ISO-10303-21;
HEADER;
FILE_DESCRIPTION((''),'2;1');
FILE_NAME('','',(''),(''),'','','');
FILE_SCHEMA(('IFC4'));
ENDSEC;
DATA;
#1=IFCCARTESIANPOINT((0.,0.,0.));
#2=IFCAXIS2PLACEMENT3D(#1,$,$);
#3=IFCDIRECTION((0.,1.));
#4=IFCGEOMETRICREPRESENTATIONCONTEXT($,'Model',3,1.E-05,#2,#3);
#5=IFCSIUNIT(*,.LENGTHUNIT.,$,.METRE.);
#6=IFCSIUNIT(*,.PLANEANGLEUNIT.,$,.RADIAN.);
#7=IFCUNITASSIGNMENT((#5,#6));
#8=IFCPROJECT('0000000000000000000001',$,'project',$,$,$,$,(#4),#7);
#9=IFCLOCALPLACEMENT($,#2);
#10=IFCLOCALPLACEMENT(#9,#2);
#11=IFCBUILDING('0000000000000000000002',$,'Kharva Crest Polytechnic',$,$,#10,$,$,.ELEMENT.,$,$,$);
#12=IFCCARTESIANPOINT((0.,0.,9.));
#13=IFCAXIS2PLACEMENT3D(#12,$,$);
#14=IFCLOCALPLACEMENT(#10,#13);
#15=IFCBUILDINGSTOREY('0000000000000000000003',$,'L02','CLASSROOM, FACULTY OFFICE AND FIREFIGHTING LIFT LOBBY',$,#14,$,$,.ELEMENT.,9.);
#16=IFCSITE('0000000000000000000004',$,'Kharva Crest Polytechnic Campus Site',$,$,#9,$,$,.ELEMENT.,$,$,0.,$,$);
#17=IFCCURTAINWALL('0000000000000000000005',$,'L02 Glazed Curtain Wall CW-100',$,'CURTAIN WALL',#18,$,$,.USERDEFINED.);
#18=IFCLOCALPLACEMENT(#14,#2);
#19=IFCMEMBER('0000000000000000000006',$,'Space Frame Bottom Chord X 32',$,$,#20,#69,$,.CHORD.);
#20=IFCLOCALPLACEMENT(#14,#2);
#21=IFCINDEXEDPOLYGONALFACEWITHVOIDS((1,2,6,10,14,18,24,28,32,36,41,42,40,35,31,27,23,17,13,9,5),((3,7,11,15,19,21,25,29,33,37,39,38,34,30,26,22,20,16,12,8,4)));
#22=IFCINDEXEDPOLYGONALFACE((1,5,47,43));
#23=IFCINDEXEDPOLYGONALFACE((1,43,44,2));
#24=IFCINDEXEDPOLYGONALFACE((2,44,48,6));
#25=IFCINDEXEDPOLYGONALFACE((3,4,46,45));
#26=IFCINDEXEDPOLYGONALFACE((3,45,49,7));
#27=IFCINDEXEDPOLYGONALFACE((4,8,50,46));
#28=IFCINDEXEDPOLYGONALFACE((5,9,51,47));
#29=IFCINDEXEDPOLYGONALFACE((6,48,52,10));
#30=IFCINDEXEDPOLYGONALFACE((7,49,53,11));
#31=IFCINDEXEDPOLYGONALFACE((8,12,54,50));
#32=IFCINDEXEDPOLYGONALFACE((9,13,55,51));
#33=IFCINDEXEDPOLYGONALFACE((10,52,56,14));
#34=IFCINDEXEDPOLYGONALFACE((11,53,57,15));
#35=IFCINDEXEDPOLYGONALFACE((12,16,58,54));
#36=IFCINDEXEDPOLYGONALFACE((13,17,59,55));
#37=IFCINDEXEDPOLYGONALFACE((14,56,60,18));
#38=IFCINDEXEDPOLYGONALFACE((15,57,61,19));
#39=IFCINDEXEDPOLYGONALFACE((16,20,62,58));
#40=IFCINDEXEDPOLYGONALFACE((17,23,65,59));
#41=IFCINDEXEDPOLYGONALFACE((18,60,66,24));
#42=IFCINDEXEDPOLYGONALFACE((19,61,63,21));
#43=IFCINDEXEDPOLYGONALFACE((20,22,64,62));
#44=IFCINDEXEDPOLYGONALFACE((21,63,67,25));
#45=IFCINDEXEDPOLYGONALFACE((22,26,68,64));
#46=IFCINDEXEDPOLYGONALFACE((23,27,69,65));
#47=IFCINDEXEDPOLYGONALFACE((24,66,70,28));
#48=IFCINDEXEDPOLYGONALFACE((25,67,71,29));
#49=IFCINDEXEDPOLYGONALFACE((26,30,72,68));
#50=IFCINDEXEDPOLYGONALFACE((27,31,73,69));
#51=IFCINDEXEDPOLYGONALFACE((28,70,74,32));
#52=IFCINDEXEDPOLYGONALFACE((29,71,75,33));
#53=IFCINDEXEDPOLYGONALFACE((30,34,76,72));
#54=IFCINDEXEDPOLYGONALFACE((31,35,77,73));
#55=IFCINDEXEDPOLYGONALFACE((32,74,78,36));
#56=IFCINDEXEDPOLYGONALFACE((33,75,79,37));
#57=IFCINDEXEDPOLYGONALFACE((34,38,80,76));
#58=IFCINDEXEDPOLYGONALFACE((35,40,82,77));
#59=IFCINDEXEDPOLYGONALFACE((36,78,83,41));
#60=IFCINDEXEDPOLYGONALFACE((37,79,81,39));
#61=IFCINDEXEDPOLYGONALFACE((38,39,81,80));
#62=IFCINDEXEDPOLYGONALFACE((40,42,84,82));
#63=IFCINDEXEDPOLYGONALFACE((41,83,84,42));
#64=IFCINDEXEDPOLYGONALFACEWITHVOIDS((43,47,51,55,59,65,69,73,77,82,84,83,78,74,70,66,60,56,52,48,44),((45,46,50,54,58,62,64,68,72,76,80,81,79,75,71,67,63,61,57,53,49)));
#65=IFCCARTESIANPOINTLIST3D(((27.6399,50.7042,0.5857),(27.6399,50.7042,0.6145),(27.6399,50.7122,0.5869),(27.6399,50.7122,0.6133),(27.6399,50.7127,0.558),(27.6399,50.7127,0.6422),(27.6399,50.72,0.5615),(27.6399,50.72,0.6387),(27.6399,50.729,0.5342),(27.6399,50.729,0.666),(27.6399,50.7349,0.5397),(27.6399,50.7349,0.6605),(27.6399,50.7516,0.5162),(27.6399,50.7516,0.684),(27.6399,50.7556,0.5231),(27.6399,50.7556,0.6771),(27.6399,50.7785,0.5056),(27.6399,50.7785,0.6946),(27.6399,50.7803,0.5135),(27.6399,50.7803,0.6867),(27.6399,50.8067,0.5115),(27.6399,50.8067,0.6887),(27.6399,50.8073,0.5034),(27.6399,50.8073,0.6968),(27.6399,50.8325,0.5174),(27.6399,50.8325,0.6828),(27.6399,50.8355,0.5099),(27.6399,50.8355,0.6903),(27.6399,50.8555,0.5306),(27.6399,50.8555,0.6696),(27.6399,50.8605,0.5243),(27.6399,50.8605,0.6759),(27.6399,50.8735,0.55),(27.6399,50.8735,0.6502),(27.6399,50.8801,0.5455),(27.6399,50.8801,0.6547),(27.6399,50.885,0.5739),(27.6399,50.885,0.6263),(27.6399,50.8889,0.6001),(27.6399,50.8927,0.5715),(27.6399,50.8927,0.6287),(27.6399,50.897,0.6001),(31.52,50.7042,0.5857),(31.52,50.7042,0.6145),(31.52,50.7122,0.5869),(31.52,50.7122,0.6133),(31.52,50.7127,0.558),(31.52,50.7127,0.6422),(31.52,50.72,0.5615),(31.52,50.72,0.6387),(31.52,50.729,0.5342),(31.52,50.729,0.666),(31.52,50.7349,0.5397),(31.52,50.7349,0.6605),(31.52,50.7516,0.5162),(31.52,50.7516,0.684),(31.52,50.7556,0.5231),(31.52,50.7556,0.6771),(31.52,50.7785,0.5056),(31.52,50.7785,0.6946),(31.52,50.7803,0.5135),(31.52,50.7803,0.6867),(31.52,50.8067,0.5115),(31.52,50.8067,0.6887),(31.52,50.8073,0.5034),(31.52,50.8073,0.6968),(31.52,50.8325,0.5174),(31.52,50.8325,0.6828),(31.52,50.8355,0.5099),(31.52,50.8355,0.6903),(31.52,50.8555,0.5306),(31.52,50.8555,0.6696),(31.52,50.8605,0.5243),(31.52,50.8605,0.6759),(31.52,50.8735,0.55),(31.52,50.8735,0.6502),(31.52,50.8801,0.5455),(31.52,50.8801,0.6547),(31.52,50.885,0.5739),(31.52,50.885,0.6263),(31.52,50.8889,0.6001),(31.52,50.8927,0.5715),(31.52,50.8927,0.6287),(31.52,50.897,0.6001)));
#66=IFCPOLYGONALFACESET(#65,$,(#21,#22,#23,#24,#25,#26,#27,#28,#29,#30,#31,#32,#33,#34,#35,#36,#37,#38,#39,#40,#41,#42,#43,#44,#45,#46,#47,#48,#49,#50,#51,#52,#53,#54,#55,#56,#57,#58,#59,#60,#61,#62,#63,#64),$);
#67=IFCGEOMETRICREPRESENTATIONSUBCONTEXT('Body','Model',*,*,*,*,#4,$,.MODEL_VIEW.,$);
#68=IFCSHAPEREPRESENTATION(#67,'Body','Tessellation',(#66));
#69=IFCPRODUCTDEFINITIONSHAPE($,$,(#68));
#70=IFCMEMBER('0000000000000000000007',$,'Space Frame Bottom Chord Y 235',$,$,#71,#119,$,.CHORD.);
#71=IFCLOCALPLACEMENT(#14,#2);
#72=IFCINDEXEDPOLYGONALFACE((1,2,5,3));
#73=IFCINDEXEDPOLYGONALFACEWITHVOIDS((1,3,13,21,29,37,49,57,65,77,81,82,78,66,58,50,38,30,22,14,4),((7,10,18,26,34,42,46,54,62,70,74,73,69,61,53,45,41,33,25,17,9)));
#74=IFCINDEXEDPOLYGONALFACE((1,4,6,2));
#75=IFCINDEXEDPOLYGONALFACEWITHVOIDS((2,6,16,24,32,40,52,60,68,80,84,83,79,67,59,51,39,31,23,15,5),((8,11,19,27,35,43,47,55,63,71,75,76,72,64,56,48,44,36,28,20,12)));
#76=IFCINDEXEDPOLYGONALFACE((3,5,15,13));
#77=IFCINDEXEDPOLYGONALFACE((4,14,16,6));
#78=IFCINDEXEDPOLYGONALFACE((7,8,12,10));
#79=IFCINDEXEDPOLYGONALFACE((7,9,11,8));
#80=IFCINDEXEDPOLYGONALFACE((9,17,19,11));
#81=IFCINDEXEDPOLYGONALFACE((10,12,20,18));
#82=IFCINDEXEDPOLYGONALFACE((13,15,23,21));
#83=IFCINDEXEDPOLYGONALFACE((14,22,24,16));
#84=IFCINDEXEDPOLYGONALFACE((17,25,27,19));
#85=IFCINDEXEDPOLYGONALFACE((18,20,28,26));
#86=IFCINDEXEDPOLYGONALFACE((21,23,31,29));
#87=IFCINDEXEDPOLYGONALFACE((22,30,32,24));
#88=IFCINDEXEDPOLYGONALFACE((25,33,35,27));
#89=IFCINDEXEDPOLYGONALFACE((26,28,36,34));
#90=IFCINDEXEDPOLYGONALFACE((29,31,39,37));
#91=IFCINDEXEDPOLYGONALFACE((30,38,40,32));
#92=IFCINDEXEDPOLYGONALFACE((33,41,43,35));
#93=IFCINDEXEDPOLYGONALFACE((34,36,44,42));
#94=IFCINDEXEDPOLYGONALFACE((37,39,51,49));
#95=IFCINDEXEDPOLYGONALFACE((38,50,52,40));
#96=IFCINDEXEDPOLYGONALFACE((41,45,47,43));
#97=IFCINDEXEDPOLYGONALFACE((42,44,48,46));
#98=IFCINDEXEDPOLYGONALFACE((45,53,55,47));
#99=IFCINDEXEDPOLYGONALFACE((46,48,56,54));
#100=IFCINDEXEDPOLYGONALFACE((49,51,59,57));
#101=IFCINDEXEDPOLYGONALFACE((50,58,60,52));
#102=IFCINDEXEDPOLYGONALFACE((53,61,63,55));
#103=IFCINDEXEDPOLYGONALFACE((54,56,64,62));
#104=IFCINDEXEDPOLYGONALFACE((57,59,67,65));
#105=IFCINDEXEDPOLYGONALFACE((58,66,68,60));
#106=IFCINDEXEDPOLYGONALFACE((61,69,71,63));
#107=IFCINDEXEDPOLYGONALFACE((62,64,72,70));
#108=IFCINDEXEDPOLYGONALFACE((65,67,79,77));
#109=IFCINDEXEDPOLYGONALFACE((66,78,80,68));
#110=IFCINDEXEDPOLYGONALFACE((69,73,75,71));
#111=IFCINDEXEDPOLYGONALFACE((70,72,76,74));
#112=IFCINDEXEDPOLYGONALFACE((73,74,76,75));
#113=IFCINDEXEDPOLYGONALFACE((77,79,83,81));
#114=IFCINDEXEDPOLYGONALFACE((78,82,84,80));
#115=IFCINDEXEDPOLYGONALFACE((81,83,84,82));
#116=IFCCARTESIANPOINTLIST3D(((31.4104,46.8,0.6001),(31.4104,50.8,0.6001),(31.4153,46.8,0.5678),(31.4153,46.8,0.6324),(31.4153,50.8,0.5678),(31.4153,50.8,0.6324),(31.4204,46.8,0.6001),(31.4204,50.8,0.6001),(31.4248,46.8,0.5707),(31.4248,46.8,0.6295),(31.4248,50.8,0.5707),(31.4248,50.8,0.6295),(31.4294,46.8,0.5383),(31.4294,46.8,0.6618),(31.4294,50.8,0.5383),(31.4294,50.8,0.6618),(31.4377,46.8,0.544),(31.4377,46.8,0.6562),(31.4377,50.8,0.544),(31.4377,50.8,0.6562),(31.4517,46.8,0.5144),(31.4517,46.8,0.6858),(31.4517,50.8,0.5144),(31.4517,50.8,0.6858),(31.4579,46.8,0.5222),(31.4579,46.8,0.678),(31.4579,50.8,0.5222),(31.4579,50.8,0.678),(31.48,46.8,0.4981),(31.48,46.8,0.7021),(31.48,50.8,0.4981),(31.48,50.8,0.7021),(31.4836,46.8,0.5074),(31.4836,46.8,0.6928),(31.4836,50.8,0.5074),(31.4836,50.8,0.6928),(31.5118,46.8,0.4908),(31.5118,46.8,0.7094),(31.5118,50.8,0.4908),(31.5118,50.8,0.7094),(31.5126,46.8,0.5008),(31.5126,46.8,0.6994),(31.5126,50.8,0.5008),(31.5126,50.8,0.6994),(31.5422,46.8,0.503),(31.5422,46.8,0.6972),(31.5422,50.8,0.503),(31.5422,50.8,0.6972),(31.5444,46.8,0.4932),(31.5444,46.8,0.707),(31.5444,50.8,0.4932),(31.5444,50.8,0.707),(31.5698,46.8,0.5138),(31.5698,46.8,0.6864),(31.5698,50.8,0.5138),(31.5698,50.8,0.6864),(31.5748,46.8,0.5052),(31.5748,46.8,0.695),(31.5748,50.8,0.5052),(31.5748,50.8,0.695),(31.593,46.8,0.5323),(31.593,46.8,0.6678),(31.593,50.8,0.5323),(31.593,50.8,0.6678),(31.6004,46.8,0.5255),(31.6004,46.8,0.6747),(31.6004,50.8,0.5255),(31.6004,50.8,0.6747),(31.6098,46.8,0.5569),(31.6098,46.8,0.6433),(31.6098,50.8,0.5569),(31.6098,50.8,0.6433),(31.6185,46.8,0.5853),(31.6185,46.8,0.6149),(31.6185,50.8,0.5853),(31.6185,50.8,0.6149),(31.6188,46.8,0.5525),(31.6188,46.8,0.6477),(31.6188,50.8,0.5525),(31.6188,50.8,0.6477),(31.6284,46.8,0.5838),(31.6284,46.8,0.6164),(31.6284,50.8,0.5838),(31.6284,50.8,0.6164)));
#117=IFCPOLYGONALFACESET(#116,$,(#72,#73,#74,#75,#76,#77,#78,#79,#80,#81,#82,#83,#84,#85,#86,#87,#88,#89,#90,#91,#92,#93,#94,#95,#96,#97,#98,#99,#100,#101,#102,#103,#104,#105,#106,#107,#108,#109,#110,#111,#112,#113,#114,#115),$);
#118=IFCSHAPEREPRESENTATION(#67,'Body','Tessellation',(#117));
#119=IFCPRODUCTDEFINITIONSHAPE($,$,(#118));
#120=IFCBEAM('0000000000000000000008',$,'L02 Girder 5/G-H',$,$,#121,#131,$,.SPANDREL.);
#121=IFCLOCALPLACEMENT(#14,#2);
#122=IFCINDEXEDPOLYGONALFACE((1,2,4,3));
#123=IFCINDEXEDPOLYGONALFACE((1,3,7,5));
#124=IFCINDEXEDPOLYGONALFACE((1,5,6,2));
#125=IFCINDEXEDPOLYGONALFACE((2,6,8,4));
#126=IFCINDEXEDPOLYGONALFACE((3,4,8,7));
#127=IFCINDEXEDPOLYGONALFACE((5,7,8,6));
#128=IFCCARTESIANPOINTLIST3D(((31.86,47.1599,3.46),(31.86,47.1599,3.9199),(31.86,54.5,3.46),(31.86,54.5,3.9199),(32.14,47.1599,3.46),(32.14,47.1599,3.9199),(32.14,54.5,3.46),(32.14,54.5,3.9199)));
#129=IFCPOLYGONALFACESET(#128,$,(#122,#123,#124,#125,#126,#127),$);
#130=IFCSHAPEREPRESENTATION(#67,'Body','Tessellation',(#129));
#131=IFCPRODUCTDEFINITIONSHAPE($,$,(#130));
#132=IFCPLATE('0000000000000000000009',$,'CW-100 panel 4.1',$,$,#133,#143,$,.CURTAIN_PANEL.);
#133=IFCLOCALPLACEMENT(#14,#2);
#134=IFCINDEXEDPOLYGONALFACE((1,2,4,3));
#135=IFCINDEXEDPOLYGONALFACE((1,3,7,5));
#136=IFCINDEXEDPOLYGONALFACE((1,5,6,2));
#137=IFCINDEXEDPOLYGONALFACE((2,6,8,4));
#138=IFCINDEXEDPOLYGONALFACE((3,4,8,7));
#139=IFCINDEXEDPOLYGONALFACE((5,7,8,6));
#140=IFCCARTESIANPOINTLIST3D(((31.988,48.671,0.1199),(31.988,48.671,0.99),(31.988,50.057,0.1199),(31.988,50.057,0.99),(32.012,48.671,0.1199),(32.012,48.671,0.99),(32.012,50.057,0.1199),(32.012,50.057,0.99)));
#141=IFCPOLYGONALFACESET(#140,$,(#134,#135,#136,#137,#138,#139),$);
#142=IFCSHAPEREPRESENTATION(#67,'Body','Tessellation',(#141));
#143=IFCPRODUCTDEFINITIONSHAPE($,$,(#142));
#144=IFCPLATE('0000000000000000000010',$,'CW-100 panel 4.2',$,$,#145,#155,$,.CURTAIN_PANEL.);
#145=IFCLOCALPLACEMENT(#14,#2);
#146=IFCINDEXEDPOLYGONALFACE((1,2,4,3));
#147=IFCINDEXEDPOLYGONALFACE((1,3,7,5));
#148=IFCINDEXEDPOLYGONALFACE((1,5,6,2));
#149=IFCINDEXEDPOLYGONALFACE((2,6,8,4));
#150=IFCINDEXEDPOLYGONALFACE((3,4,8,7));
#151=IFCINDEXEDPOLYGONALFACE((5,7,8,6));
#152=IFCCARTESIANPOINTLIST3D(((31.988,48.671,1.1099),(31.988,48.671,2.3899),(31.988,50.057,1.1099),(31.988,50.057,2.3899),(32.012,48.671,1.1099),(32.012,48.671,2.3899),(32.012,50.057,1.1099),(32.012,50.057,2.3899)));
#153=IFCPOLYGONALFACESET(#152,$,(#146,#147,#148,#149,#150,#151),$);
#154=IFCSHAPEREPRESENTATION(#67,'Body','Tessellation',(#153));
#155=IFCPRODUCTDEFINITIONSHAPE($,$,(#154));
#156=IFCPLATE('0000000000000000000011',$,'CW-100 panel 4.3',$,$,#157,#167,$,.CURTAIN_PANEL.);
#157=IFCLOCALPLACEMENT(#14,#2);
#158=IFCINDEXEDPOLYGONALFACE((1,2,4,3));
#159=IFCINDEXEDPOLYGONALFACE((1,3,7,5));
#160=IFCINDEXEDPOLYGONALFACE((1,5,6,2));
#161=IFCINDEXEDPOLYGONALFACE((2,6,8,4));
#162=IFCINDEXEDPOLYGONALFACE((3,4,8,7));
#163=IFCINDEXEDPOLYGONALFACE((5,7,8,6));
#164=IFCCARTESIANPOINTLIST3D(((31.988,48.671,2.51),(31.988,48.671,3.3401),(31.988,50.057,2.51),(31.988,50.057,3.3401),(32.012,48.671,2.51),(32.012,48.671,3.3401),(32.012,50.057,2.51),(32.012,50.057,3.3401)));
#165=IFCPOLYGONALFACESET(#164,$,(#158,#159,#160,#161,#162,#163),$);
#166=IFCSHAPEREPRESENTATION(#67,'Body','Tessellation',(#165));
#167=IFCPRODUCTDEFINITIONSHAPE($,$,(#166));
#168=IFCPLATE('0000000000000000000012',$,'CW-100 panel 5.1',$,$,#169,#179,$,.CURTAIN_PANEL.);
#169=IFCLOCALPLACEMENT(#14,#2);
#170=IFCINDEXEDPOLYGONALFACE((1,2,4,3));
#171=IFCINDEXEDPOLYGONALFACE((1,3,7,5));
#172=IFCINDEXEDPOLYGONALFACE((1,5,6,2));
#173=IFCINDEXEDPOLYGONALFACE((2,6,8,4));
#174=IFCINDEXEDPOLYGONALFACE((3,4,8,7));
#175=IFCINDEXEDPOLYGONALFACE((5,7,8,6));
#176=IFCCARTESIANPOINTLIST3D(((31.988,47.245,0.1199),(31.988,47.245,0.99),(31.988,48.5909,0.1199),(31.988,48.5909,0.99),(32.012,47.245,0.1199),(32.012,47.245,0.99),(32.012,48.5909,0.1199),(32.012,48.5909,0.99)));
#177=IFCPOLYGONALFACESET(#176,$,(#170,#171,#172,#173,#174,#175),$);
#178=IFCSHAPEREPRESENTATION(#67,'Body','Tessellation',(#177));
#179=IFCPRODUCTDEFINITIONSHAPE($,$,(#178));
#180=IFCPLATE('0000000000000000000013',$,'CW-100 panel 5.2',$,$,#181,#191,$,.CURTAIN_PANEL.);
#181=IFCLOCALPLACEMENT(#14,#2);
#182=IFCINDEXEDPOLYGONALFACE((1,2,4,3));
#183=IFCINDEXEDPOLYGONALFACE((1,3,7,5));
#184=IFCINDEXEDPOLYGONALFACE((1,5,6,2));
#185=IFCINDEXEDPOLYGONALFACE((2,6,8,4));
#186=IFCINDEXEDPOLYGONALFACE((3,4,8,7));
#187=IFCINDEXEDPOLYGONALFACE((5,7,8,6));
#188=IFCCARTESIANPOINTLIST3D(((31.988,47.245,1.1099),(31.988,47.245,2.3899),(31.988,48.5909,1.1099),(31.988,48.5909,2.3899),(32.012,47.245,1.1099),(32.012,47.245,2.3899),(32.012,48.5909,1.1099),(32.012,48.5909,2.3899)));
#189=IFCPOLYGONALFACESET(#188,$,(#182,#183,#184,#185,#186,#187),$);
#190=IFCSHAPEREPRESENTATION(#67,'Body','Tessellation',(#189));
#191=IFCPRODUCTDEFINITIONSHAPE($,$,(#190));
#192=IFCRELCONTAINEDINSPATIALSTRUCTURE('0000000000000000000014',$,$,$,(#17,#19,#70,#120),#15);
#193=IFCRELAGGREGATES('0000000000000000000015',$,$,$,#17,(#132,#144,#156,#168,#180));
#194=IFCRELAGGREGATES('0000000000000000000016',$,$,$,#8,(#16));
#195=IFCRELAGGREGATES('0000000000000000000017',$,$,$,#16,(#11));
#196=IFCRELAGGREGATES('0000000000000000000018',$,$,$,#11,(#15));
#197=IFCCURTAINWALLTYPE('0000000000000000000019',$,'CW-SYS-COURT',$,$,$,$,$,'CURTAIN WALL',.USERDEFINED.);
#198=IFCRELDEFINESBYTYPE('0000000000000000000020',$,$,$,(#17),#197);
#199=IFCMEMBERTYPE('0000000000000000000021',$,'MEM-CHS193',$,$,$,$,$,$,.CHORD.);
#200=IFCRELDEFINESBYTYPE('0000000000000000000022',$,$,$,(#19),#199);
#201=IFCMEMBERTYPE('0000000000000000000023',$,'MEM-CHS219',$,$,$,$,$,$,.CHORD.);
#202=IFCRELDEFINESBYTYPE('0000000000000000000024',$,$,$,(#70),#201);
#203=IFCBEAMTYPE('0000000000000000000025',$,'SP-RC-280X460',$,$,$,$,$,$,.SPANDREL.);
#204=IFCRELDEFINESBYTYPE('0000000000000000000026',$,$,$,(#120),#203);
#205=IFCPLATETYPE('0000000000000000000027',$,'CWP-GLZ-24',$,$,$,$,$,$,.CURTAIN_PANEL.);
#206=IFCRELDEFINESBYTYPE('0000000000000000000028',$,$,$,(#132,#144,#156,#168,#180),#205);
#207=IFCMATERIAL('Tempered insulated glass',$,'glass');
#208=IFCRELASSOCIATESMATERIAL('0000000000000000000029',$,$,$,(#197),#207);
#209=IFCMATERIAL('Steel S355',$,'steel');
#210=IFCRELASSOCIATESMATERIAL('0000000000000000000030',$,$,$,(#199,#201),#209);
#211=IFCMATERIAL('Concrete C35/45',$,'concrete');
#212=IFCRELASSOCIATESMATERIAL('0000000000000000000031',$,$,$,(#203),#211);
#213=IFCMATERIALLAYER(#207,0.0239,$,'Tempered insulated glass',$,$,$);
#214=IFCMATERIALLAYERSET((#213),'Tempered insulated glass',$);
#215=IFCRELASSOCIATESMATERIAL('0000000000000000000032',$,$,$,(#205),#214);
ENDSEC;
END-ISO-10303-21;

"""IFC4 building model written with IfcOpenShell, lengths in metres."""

from ifc_helpers import new_model, si_unit, direction, frame, origin, origin_2d, place, context, subcontext, project, spatial, rectangle, hollow_circle, extrude, material, layer, layer_set, material_profile, profile_set, type_object, element, aggregate, save


model = new_model("IFC4")

# Units and contexts
model_context = context("Model", 3, precision=1e-05, world=origin(), true_north=direction((0.0, 1.0)))
body_context = subcontext(model_context, "Body", "Model", "MODEL_VIEW")
ifc_project = project(units=[si_unit("LENGTHUNIT", "METRE"), si_unit("PLANEANGLEUNIT", "RADIAN")], contexts=[model_context])

# Site, building, storey
site_placement = place(None, origin())
site = spatial("IfcSite", under=ifc_project, at=site_placement, Name="Kharva Crest Polytechnic Campus Site", CompositionType="ELEMENT", RefElevation=0.0)
building_placement = place(site_placement, origin())
building = spatial("IfcBuilding", under=site, at=building_placement, Name="Kharva Crest Polytechnic", CompositionType="ELEMENT")
storey_placement = place(building_placement, frame((0.0, 0.0, 9.0)))
storey = spatial("IfcBuildingStorey", under=building, at=storey_placement, Name="L02", Description="CLASSROOM, FACULTY OFFICE AND FIREFIGHTING LIFT LOBBY", CompositionType="ELEMENT", Elevation=9.0)

# Shared definitions
ifc_material_1 = material(Name="Concrete C35/45", Category="concrete")

# Curtain wall
ifc_material_2 = material(Name="Tempered insulated glass", Category="glass")
curtain_wall_type_1 = type_object("IfcCurtainWallType", Name="CW-SYS-COURT", ElementType="CURTAIN WALL", PredefinedType="USERDEFINED", material=ifc_material_2)
curtain_wall_1_placement = place(storey_placement, origin())
curtain_wall_1 = element("IfcCurtainWall", 1, at=curtain_wall_1_placement, inside=storey, type_object=curtain_wall_type_1, Name="L02 Glazed Curtain Wall CW-100", ObjectType="CURTAIN WALL", PredefinedType="USERDEFINED")
ifc_material_3 = material(Name="Steel S355", Category="steel")

# Members
ifc_material_profile_1 = material_profile(ifc_material_3, hollow_circle(Radius=0.0969, WallThickness=0.0081, at=origin_2d()), Name="CHS 193.7X8.0")
ifc_profile_set_1 = profile_set([ifc_material_profile_1], Name="Steel S355")
member_type_1 = type_object("IfcMemberType", Name="MEM-CHS193", PredefinedType="CHORD", material=ifc_profile_set_1)
member_1_placement = place(storey_placement, frame((27.6399, 50.8, 0.6001), z_axis=(1.0, 0.0, 0.0), x_axis=(0.0, 1.0, 0.0)))
element("IfcMember", 2, at=member_1_placement, inside=storey, type_object=member_type_1, Name="Space Frame Bottom Chord X 32", PredefinedType="CHORD", context=body_context, shape_type="SweptSolid", body=[
    extrude(hollow_circle(Radius=0.0969, WallThickness=0.0081, at=origin_2d()), origin(), (0.0, 0.0, 1.0), 3.8801),
])
ifc_material_profile_2 = material_profile(ifc_material_3, hollow_circle(Radius=0.1096, WallThickness=0.01, at=origin_2d()), Name="CHS 219.1X10.0")
ifc_profile_set_2 = profile_set([ifc_material_profile_2], Name="Steel S355")
member_type_2 = type_object("IfcMemberType", Name="MEM-CHS219", PredefinedType="CHORD", material=ifc_profile_set_2)
member_2_placement = place(storey_placement, frame((31.52, 46.8, 0.6001), z_axis=(0.0, 1.0, 0.0), x_axis=(-1.0, 0.0, 0.0)))
element("IfcMember", 3, at=member_2_placement, inside=storey, type_object=member_type_2, Name="Space Frame Bottom Chord Y 235", PredefinedType="CHORD", context=body_context, shape_type="SweptSolid", body=[
    extrude(hollow_circle(Radius=0.1096, WallThickness=0.01, at=origin_2d()), origin(), (0.0, 0.0, 1.0), 4.0),
])

# Beam
ifc_material_profile_3 = material_profile(ifc_material_1, rectangle(XDim=0.28, YDim=0.46, at=origin_2d()), Name="RECT 280 X 460")
ifc_profile_set_3 = profile_set([ifc_material_profile_3], Name="Concrete C35/45")
beam_type_1 = type_object("IfcBeamType", Name="SP-RC-280X460", PredefinedType="SPANDREL", material=ifc_profile_set_3)
beam_1_placement = place(storey_placement, frame((32.0, 47.1599, 3.6899), z_axis=(0.0, 1.0, 0.0), x_axis=(-1.0, 0.0, 0.0)))
element("IfcBeam", 4, at=beam_1_placement, inside=storey, type_object=beam_type_1, Name="L02 Girder 5/G-H", PredefinedType="SPANDREL", context=body_context, shape_type="SweptSolid", body=[
    extrude(rectangle(XDim=0.28, YDim=0.46, at=origin_2d()), origin(), (0.0, 0.0, 1.0), 7.3401),
])

# Plates
ifc_layer_1 = layer(ifc_material_2, 0.0239, Name="Tempered insulated glass")
ifc_layer_set_1 = layer_set([ifc_layer_1], Name="Tempered insulated glass")
plate_type_1 = type_object("IfcPlateType", Name="CWP-GLZ-24", PredefinedType="CURTAIN_PANEL", material=ifc_layer_set_1)
plate_1_placement = place(storey_placement, frame((32.0, 49.364, 0.1199), z_axis=(0.0, 0.0, 1.0), x_axis=(0.0, -1.0, 0.0)))
plate_1 = element("IfcPlate", 5, at=plate_1_placement, type_object=plate_type_1, Name="CW-100 panel 4.1", PredefinedType="CURTAIN_PANEL", context=body_context, shape_type="SweptSolid", body=[
    extrude(rectangle(XDim=1.386, YDim=0.0239, at=origin_2d()), origin(), (0.0, 0.0, 1.0), 0.8701),
])
plate_2_placement = place(storey_placement, frame((32.0, 49.364, 1.1099), z_axis=(0.0, 0.0, 1.0), x_axis=(0.0, -1.0, 0.0)))
plate_2 = element("IfcPlate", 6, at=plate_2_placement, type_object=plate_type_1, Name="CW-100 panel 4.2", PredefinedType="CURTAIN_PANEL", context=body_context, shape_type="SweptSolid", body=[
    extrude(rectangle(XDim=1.386, YDim=0.0239, at=origin_2d()), origin(), (0.0, 0.0, 1.0), 1.28),
])
plate_3_placement = place(storey_placement, frame((32.0, 49.364, 2.51), z_axis=(0.0, 0.0, 1.0), x_axis=(0.0, -1.0, 0.0)))
plate_3 = element("IfcPlate", 7, at=plate_3_placement, type_object=plate_type_1, Name="CW-100 panel 4.3", PredefinedType="CURTAIN_PANEL", context=body_context, shape_type="SweptSolid", body=[
    extrude(rectangle(XDim=1.386, YDim=0.0239, at=origin_2d()), origin(), (0.0, 0.0, 1.0), 0.8301),
])
plate_4_placement = place(storey_placement, frame((32.0, 47.918, 0.1199), z_axis=(0.0, 0.0, 1.0), x_axis=(0.0, -1.0, 0.0)))
plate_4 = element("IfcPlate", 8, at=plate_4_placement, type_object=plate_type_1, Name="CW-100 panel 5.1", PredefinedType="CURTAIN_PANEL", context=body_context, shape_type="SweptSolid", body=[
    extrude(rectangle(XDim=1.3459, YDim=0.0239, at=origin_2d()), origin(), (0.0, 0.0, 1.0), 0.8701),
])
plate_5_placement = place(storey_placement, frame((32.0, 47.918, 1.1099), z_axis=(0.0, 0.0, 1.0), x_axis=(0.0, -1.0, 0.0)))
plate_5 = element("IfcPlate", 9, at=plate_5_placement, type_object=plate_type_1, Name="CW-100 panel 5.2", PredefinedType="CURTAIN_PANEL", context=body_context, shape_type="SweptSolid", body=[
    extrude(rectangle(XDim=1.3459, YDim=0.0239, at=origin_2d()), origin(), (0.0, 0.0, 1.0), 1.28),
])
aggregate(curtain_wall_1, [plate_1, plate_2, plate_3, plate_4, plate_5])

save(model, "model.ifc")
